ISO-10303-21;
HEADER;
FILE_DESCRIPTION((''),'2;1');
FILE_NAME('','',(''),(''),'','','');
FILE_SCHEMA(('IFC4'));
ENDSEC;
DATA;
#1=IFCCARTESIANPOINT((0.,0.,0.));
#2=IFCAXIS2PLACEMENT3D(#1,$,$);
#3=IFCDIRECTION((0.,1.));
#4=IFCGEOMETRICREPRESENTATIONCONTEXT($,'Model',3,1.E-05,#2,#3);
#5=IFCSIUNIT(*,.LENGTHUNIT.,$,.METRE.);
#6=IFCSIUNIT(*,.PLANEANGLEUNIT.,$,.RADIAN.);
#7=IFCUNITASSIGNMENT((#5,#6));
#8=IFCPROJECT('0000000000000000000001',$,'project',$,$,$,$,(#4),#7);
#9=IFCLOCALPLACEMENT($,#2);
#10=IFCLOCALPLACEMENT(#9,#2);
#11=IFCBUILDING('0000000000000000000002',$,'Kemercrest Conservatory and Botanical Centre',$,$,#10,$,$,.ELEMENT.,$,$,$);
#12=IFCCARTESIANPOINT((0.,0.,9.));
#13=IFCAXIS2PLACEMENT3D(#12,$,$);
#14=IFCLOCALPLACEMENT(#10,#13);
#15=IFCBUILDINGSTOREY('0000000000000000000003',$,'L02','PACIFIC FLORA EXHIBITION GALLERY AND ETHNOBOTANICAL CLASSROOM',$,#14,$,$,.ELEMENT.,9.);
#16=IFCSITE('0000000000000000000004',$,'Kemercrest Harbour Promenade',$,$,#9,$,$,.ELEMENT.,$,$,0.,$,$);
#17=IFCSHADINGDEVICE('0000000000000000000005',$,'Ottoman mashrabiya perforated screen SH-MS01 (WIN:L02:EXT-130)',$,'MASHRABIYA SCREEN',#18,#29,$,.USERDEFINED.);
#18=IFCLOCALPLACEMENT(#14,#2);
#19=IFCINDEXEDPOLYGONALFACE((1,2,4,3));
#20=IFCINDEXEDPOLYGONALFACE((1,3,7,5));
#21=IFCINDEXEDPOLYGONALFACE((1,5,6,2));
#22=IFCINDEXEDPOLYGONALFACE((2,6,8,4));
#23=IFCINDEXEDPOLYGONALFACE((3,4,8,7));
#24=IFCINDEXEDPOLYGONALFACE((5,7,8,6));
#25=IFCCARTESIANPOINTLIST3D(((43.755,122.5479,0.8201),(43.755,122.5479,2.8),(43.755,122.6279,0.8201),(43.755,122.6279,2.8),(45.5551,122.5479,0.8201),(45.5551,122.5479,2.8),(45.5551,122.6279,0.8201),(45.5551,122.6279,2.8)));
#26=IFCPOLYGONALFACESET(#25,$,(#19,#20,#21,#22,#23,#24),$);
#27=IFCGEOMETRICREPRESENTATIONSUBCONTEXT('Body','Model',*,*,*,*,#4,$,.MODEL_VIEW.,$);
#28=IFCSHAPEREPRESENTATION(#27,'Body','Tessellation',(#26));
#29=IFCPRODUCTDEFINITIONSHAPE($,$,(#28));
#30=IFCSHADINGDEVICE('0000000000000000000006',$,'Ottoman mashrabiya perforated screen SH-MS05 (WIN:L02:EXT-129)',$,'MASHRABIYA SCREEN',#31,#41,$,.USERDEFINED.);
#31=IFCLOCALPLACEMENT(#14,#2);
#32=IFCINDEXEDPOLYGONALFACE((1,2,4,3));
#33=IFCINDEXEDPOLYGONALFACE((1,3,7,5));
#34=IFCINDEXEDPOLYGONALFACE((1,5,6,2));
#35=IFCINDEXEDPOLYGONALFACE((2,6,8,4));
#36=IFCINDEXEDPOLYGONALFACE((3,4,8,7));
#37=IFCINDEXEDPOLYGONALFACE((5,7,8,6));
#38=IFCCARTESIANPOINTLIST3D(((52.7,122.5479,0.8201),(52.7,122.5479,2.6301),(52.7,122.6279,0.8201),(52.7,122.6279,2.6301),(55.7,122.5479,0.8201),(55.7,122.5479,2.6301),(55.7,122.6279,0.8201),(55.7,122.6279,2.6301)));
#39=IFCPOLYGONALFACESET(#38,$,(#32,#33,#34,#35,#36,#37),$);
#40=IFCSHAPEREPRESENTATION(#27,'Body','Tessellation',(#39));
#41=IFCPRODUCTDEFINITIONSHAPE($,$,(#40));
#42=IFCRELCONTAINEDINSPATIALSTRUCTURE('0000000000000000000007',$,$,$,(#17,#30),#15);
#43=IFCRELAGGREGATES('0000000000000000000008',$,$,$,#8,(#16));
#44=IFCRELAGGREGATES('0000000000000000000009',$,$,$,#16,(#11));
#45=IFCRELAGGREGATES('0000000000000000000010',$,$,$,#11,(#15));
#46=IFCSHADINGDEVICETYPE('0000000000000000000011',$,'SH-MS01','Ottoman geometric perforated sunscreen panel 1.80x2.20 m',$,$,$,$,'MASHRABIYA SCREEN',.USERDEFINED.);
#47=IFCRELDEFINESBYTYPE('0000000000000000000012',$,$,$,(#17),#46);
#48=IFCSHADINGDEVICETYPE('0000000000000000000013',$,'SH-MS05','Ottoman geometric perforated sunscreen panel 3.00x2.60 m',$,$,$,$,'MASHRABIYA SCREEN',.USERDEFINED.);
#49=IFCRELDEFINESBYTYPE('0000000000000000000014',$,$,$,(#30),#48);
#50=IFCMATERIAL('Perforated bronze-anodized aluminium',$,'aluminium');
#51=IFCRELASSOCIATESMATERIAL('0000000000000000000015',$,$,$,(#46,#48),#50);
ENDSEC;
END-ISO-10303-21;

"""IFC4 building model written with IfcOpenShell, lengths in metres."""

from ifc_helpers import new_model, si_unit, direction, frame, origin, origin_2d, place, context, subcontext, project, spatial, rectangle, extrude, material, type_object, element, save


model = new_model("IFC4")

# Units and contexts
model_context = context("Model", 3, precision=1e-05, world=origin(), true_north=direction((0.0, 1.0)))
body_context = subcontext(model_context, "Body", "Model", "MODEL_VIEW")
ifc_project = project(units=[si_unit("LENGTHUNIT", "METRE"), si_unit("PLANEANGLEUNIT", "RADIAN")], contexts=[model_context])

# Site, building, storey
site_placement = place(None, origin())
site = spatial("IfcSite", under=ifc_project, at=site_placement, Name="Kemercrest Harbour Promenade", CompositionType="ELEMENT", RefElevation=0.0)
building_placement = place(site_placement, origin())
building = spatial("IfcBuilding", under=site, at=building_placement, Name="Kemercrest Conservatory and Botanical Centre", CompositionType="ELEMENT")
storey_placement = place(building_placement, frame((0.0, 0.0, 9.0)))
storey = spatial("IfcBuildingStorey", under=building, at=storey_placement, Name="L02", Description="PACIFIC FLORA EXHIBITION GALLERY AND ETHNOBOTANICAL CLASSROOM", CompositionType="ELEMENT", Elevation=9.0)

# Shading devices
ifc_material_1 = material(Name="Perforated bronze-anodized aluminium", Category="aluminium")
shading_device_type_1 = type_object("IfcShadingDeviceType", Name="SH-MS01", Description="Ottoman geometric perforated sunscreen panel 1.80x2.20 m", ElementType="MASHRABIYA SCREEN", PredefinedType="USERDEFINED", material=ifc_material_1)
shading_device_1_placement = place(storey_placement, frame((44.655, 122.5879, 0.8201), z_axis=(0.0, 0.0, 1.0), x_axis=(-1.0, 0.0, 0.0)))
element("IfcShadingDevice", 1, at=shading_device_1_placement, inside=storey, type_object=shading_device_type_1, Name="Ottoman mashrabiya perforated screen SH-MS01 (WIN:L02:EXT-130)", ObjectType="MASHRABIYA SCREEN", PredefinedType="USERDEFINED", context=body_context, shape_type="SweptSolid", body=[
    extrude(rectangle(XDim=1.8, YDim=0.0801, at=origin_2d()), origin(), (0.0, 0.0, 1.0), 1.98),
])
shading_device_type_2 = type_object("IfcShadingDeviceType", Name="SH-MS05", Description="Ottoman geometric perforated sunscreen panel 3.00x2.60 m", ElementType="MASHRABIYA SCREEN", PredefinedType="USERDEFINED", material=ifc_material_1)
shading_device_2_placement = place(storey_placement, frame((54.2, 122.5879, 0.8201), z_axis=(0.0, 0.0, 1.0), x_axis=(-1.0, 0.0, 0.0)))
element("IfcShadingDevice", 2, at=shading_device_2_placement, inside=storey, type_object=shading_device_type_2, Name="Ottoman mashrabiya perforated screen SH-MS05 (WIN:L02:EXT-129)", ObjectType="MASHRABIYA SCREEN", PredefinedType="USERDEFINED", context=body_context, shape_type="SweptSolid", body=[
    extrude(rectangle(XDim=3.0, YDim=0.0801, at=origin_2d()), origin(), (0.0, 0.0, 1.0), 1.8101),
])

save(model, "model.ifc")
